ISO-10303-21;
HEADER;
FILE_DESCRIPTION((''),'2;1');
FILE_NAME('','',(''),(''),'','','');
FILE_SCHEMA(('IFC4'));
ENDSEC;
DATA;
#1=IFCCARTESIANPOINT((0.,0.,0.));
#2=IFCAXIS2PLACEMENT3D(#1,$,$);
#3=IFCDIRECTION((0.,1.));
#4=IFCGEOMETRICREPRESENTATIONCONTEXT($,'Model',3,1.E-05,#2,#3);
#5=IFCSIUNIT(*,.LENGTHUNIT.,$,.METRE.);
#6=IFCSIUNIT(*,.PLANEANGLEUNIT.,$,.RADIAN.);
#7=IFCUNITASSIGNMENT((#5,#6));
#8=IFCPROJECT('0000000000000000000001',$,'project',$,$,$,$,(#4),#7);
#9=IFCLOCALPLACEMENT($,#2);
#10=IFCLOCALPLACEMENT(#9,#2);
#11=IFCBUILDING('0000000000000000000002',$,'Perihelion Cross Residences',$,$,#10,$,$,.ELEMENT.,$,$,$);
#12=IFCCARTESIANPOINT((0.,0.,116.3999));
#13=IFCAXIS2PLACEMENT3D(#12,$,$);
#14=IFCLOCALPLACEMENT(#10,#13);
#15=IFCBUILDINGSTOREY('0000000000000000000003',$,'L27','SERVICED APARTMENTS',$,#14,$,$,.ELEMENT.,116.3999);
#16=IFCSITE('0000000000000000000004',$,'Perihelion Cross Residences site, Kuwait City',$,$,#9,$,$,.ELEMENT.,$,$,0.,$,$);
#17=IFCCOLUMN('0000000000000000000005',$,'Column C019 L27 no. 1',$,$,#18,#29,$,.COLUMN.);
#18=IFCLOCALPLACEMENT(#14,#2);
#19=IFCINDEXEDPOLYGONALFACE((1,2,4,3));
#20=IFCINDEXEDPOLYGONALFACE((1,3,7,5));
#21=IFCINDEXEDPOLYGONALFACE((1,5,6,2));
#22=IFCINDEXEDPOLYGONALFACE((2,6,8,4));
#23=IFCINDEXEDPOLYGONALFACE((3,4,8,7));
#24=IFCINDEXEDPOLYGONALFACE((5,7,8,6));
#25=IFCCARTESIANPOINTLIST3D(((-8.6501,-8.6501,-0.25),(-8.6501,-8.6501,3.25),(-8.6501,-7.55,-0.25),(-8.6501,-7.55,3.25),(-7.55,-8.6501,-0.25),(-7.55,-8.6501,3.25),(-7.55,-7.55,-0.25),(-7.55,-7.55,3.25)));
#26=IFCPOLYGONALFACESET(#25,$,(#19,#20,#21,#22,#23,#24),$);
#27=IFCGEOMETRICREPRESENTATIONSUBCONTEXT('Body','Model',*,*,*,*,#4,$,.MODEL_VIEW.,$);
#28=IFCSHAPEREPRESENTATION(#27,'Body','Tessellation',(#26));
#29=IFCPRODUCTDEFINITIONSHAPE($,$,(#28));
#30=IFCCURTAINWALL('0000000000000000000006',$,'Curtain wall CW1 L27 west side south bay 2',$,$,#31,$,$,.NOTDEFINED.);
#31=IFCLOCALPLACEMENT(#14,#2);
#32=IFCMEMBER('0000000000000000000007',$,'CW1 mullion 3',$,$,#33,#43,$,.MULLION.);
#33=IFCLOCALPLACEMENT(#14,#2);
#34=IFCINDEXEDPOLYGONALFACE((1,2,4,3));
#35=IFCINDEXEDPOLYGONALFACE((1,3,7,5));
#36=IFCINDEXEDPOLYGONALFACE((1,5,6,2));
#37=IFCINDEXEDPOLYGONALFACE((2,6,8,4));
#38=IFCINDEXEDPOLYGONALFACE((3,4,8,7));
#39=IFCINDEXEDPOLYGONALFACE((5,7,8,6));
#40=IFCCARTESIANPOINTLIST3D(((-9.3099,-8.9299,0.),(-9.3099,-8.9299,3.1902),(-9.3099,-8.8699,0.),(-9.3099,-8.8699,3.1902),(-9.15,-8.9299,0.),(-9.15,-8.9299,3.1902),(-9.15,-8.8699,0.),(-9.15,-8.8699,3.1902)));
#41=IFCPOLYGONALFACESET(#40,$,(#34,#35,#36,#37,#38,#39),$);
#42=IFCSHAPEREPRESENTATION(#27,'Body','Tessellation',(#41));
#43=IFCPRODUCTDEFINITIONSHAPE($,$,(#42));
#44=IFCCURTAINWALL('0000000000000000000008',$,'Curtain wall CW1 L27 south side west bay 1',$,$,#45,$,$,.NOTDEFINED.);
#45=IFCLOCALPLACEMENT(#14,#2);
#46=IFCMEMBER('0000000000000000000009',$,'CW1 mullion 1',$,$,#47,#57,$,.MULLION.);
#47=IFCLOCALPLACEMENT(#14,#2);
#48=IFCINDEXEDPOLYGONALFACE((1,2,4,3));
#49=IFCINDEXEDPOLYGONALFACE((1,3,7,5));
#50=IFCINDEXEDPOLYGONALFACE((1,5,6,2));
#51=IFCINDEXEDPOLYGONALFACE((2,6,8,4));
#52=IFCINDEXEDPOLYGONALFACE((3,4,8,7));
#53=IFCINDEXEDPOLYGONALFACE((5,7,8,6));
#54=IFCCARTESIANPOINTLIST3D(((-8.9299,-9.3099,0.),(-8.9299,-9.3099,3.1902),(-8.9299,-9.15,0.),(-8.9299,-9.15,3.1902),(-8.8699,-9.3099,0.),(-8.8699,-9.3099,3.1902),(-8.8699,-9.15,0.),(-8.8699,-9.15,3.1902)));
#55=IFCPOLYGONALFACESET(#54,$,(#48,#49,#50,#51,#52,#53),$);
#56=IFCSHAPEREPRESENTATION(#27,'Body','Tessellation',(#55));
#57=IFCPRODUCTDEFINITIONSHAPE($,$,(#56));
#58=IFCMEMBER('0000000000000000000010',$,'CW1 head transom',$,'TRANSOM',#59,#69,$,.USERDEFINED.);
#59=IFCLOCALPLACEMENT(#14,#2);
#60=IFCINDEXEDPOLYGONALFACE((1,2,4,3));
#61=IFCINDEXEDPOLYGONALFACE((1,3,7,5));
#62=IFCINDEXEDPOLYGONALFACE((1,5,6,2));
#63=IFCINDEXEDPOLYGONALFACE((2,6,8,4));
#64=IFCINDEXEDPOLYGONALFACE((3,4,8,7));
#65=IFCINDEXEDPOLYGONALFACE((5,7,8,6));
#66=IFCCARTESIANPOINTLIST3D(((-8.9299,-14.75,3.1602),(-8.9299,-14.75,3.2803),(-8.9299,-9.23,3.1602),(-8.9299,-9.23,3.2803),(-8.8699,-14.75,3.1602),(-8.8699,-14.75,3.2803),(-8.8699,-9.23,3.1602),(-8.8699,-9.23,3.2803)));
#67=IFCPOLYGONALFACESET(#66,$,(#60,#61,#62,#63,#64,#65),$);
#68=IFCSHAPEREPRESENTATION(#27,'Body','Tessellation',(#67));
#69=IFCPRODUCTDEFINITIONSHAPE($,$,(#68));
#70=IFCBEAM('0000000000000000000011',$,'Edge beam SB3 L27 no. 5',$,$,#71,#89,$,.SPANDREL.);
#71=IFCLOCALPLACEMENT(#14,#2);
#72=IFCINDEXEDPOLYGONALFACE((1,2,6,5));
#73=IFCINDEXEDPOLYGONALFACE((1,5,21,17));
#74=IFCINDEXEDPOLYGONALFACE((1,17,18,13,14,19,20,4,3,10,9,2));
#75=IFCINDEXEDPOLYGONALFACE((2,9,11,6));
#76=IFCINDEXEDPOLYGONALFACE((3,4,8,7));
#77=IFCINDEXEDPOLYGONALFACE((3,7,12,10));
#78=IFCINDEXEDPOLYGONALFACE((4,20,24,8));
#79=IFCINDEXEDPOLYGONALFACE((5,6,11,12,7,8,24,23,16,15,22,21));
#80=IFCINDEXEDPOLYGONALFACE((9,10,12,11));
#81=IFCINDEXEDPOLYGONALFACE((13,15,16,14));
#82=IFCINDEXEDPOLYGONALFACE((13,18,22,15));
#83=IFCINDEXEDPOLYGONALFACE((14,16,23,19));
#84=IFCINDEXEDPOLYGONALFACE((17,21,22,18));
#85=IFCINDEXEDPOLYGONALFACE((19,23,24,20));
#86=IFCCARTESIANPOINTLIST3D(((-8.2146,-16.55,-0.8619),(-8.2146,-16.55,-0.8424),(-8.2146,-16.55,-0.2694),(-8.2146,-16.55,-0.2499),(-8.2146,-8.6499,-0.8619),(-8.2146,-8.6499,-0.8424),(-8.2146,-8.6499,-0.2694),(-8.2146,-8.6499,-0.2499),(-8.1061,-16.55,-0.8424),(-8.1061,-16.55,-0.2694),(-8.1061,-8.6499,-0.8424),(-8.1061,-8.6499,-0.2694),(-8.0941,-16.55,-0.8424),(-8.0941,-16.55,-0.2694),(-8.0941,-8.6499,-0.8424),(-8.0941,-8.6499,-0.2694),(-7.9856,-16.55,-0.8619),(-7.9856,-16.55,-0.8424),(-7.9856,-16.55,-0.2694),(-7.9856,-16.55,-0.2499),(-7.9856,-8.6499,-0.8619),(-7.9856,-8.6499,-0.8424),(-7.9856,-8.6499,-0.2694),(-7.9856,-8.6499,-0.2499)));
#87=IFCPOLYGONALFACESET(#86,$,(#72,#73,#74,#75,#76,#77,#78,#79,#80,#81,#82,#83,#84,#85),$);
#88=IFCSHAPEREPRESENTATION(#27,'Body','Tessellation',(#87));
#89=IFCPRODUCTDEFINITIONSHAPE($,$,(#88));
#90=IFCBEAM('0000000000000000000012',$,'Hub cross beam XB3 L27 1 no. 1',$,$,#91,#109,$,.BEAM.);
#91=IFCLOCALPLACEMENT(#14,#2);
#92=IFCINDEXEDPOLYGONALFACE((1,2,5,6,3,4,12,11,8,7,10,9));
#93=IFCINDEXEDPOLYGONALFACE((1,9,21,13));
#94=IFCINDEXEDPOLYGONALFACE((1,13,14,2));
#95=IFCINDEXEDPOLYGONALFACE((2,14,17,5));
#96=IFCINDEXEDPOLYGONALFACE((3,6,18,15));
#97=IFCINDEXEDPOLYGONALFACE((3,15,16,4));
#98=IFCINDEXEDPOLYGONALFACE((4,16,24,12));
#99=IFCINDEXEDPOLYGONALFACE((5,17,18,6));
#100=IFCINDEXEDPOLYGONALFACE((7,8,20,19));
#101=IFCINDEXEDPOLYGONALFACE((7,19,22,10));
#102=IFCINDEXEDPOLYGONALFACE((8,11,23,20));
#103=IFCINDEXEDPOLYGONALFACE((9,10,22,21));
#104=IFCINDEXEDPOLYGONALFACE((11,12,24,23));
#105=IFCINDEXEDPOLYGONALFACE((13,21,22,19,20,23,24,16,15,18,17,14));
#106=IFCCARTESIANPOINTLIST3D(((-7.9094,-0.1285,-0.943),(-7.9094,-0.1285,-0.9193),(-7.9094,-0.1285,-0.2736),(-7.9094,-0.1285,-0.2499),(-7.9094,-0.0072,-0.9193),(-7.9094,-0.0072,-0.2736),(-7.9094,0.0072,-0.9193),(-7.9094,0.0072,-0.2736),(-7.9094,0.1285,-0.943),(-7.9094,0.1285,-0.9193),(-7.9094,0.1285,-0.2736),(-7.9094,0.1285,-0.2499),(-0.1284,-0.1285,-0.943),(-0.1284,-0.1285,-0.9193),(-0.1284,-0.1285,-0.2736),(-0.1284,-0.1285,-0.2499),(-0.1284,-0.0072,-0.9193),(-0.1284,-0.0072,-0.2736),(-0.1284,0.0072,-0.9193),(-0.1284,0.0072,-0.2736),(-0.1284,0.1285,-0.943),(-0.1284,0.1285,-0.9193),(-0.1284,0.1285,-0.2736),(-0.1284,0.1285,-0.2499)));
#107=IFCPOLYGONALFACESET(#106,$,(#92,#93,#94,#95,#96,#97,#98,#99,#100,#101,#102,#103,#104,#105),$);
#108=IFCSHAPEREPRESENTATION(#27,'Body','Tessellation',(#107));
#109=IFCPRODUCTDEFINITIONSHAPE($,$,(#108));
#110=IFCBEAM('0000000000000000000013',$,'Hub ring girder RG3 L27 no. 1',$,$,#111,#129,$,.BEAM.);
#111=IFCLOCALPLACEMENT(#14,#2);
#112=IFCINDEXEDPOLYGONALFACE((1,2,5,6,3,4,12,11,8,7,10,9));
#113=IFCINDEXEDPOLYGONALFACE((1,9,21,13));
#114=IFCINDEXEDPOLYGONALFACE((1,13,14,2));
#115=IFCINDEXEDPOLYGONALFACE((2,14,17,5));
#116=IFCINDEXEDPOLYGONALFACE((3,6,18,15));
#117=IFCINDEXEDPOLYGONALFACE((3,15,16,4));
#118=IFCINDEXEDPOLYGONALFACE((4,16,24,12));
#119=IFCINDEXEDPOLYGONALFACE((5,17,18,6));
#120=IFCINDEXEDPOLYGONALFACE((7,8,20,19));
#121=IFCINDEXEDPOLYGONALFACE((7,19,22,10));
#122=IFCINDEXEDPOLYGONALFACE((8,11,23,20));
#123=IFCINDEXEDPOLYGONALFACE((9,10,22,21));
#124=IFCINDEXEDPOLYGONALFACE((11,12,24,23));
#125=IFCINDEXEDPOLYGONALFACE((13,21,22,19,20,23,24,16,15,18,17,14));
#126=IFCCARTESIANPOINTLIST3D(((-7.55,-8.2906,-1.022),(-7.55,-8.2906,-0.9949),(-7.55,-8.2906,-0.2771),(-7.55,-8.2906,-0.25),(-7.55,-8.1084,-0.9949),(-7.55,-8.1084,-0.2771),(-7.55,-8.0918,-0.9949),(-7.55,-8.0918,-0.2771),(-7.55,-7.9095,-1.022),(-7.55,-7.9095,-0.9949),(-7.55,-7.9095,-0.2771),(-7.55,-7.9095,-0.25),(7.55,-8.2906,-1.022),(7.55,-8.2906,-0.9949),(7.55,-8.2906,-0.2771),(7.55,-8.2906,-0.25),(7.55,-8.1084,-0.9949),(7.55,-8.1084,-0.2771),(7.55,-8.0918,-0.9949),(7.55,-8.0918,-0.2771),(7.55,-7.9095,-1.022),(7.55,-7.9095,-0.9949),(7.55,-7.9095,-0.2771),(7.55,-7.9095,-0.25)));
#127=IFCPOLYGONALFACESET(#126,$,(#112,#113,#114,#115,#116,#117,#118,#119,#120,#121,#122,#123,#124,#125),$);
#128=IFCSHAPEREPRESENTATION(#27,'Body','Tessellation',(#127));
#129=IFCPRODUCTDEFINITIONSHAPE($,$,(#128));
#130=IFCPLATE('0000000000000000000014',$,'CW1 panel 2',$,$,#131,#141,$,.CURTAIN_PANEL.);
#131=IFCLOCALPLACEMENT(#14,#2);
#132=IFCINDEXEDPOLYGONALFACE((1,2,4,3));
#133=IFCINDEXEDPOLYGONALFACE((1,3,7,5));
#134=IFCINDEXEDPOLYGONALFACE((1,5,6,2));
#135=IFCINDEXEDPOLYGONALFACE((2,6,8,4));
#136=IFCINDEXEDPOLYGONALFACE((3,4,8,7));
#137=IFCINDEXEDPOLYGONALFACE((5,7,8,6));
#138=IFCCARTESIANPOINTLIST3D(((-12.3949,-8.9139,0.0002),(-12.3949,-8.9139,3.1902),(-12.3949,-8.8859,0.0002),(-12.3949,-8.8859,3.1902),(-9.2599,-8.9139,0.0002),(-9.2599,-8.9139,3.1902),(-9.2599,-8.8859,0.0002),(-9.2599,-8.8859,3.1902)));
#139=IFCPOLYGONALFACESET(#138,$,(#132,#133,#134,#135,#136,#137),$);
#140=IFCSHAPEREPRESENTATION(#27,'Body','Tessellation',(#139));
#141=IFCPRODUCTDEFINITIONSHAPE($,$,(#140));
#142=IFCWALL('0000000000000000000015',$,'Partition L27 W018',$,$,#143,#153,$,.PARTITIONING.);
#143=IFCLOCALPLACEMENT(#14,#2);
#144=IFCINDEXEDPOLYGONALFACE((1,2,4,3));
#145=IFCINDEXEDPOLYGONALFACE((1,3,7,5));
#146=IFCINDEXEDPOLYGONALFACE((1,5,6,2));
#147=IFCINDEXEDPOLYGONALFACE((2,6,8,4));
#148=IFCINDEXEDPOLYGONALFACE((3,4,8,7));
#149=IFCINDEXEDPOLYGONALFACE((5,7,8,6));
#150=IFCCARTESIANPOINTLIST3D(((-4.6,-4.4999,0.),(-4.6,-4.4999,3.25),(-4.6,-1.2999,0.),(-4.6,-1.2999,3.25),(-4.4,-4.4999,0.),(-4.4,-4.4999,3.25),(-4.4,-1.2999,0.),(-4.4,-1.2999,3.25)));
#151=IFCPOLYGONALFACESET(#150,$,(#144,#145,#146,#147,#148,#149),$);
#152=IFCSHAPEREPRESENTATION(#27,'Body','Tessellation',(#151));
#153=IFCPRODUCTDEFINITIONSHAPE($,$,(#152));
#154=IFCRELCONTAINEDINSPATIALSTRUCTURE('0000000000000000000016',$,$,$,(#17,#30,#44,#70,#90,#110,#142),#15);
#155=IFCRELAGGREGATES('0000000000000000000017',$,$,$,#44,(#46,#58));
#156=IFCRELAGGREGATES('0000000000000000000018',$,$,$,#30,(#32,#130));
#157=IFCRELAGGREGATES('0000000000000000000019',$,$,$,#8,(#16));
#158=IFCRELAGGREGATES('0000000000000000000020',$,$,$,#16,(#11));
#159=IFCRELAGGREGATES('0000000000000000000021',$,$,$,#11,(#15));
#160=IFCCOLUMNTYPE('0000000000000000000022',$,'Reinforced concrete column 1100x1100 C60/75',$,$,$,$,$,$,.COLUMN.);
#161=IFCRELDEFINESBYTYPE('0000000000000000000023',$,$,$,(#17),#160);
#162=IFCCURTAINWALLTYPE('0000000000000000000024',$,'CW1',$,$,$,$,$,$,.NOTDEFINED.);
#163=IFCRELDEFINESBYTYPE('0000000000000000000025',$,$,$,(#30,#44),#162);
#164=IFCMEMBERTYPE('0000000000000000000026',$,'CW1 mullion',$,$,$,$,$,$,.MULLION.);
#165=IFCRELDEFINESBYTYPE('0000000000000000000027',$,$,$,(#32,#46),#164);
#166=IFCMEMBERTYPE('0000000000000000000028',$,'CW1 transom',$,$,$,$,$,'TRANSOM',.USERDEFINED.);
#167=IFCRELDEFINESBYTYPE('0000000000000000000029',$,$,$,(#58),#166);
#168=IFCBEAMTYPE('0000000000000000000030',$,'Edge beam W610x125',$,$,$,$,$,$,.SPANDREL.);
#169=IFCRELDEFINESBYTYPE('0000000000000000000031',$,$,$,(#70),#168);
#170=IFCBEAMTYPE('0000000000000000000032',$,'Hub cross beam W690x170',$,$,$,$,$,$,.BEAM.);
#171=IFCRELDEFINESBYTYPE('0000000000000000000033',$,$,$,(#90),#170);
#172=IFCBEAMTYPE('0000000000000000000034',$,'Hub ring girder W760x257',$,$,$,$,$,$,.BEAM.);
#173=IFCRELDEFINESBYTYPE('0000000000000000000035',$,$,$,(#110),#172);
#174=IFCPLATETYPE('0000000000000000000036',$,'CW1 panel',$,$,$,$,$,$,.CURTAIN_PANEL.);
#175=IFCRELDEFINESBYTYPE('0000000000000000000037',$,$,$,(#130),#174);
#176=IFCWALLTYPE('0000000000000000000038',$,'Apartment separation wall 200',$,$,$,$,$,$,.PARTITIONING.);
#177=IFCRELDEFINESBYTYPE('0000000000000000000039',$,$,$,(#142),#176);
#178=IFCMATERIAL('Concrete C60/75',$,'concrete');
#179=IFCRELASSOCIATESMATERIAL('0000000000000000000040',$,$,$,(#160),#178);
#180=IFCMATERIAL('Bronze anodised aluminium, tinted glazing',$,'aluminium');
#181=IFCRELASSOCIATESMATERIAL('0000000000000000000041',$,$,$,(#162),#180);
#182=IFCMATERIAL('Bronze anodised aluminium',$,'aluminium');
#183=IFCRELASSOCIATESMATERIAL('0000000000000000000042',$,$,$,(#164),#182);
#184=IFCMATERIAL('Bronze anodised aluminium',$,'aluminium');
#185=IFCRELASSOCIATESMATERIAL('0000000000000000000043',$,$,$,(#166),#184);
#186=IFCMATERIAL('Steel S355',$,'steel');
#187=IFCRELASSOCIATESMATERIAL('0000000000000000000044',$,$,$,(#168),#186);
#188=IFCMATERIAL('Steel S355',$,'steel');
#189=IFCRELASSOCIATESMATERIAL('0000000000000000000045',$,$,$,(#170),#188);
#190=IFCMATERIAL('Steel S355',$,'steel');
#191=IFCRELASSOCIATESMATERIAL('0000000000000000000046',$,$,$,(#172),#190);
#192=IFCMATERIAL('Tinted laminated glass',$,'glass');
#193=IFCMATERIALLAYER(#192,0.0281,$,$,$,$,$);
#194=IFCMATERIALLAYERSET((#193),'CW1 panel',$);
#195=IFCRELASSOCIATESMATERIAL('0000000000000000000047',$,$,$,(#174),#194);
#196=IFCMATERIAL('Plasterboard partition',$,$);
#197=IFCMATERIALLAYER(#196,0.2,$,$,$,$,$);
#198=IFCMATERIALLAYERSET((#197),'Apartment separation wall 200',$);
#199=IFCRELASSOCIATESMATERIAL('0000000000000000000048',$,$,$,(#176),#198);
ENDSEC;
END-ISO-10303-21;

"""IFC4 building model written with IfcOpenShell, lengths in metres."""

from ifc_helpers import new_model, si_unit, direction, frame, frame_2d, origin, origin_2d, place, context, subcontext, project, spatial, rectangle, i_section, extrude, material, layer, layer_set, material_profile, profile_set, type_object, element, aggregate, save


model = new_model("IFC4")

# Units and contexts
model_context = context("Model", 3, precision=1e-05, world=origin(), true_north=direction((0.0, 1.0)))
body_context = subcontext(model_context, "Body", "Model", "MODEL_VIEW")
ifc_project = project(units=[si_unit("LENGTHUNIT", "METRE"), si_unit("PLANEANGLEUNIT", "RADIAN")], contexts=[model_context])

# Site, building, storey
site_placement = place(None, origin())
site = spatial("IfcSite", under=ifc_project, at=site_placement, Name="Perihelion Cross Residences site, Kuwait City", CompositionType="ELEMENT", RefElevation=0.0)
building_placement = place(site_placement, origin())
building = spatial("IfcBuilding", under=site, at=building_placement, Name="Perihelion Cross Residences", CompositionType="ELEMENT")
storey_placement = place(building_placement, frame((0.0, 0.0, 116.3999)))
storey = spatial("IfcBuildingStorey", under=building, at=storey_placement, Name="L27", Description="SERVICED APARTMENTS", CompositionType="ELEMENT", Elevation=116.3999)

# Column
ifc_material_1 = material(Name="Concrete C60/75", Category="concrete")
ifc_material_profile_1 = material_profile(ifc_material_1, rectangle(XDim=1.1001, YDim=1.1001, at=origin_2d()), Name="RC 1100x1100")
ifc_profile_set_1 = profile_set([ifc_material_profile_1], Name="Concrete C60/75")
column_type = type_object("IfcColumnType", Name="Reinforced concrete column 1100x1100 C60/75", PredefinedType="COLUMN", material=ifc_profile_set_1)
column_placement = place(storey_placement, frame((-8.1001, -8.1001, -0.25), z_axis=(0.0, 0.0, 1.0), x_axis=(1.0, 0.0, 0.0)))
element("IfcColumn", 1, at=column_placement, inside=storey, type_object=column_type, Name="Column C019 L27 no. 1", PredefinedType="COLUMN", context=body_context, shape_type="SweptSolid", body=[
    extrude(rectangle(XDim=1.1001, YDim=1.1001, at=origin_2d()), origin(), (0.0, 0.0, 1.0), 3.5),
])

# Curtain wall, member
ifc_material_2 = material(Name="Bronze anodised aluminium, tinted glazing", Category="aluminium")
curtain_wall_type = type_object("IfcCurtainWallType", Name="CW1", PredefinedType="NOTDEFINED", material=ifc_material_2)
curtain_wall_1_placement = place(storey_placement, origin())
curtain_wall_1 = element("IfcCurtainWall", 2, at=curtain_wall_1_placement, inside=storey, type_object=curtain_wall_type, Name="Curtain wall CW1 L27 west side south bay 2", PredefinedType="NOTDEFINED")
ifc_material_3 = material(Name="Bronze anodised aluminium", Category="aluminium")
ifc_material_profile_2 = material_profile(ifc_material_3, rectangle(XDim=0.0601, YDim=0.1599, at=origin_2d()), Name="CW1 mullion")
ifc_profile_set_2 = profile_set([ifc_material_profile_2], Name="Bronze anodised aluminium")
member_type_1 = type_object("IfcMemberType", Name="CW1 mullion", PredefinedType="MULLION", material=ifc_profile_set_2)
member_1_placement = place(storey_placement, frame((-9.23, -8.8999, 0.0), z_axis=(0.0, 0.0, 1.0), x_axis=(0.0, 1.0, 0.0)))
member_1 = element("IfcMember", 3, at=member_1_placement, type_object=member_type_1, Name="CW1 mullion 3", PredefinedType="MULLION", context=body_context, shape_type="SweptSolid", body=[
    extrude(rectangle(XDim=0.0601, YDim=0.1599, at=origin_2d()), origin(), (0.0, 0.0, 1.0), 3.1902),
])

# Curtain wall, members
curtain_wall_2_placement = place(storey_placement, origin())
curtain_wall_2 = element("IfcCurtainWall", 4, at=curtain_wall_2_placement, inside=storey, type_object=curtain_wall_type, Name="Curtain wall CW1 L27 south side west bay 1", PredefinedType="NOTDEFINED")
member_2_placement = place(storey_placement, frame((-8.8999, -9.23, 0.0), z_axis=(0.0, 0.0, 1.0), x_axis=(1.0, 0.0, 0.0)))
member_2 = element("IfcMember", 5, at=member_2_placement, type_object=member_type_1, Name="CW1 mullion 1", PredefinedType="MULLION", context=body_context, shape_type="SweptSolid", body=[
    extrude(rectangle(XDim=0.0601, YDim=0.1599, at=origin_2d()), origin(), (0.0, 0.0, 1.0), 3.1902),
])
ifc_material_4 = material(Name="Bronze anodised aluminium", Category="aluminium")
ifc_material_profile_3 = material_profile(ifc_material_4, rectangle(XDim=0.0601, YDim=0.1201, at=origin_2d()), Name="CW1 transom")
ifc_profile_set_3 = profile_set([ifc_material_profile_3], Name="Bronze anodised aluminium")
member_type_2 = type_object("IfcMemberType", Name="CW1 transom", ElementType="TRANSOM", PredefinedType="USERDEFINED", material=ifc_profile_set_3)
member_3_placement = place(storey_placement, frame((-8.8999, -9.23, 3.2202), z_axis=(0.0, -1.0, 0.0), x_axis=(1.0, 0.0, 0.0)))
member_3 = element("IfcMember", 6, at=member_3_placement, type_object=member_type_2, Name="CW1 head transom", ObjectType="TRANSOM", PredefinedType="USERDEFINED", context=body_context, shape_type="SweptSolid", body=[
    extrude(rectangle(XDim=0.0601, YDim=0.1201, at=origin_2d()), origin(), (0.0, 0.0, 1.0), 5.52),
])
aggregate(curtain_wall_2, [member_2, member_3])

# Beams
ifc_material_5 = material(Name="Steel S355", Category="steel")
ifc_material_profile_4 = material_profile(ifc_material_5, i_section(OverallWidth=0.229, OverallDepth=0.6121, WebThickness=0.012, FlangeThickness=0.0195, at=origin_2d()), Name="W610x125")
ifc_profile_set_4 = profile_set([ifc_material_profile_4], Name="Steel S355")
beam_type_1 = type_object("IfcBeamType", Name="Edge beam W610x125", PredefinedType="SPANDREL", material=ifc_profile_set_4)
beam_1_placement = place(storey_placement, frame((-8.1001, -8.6499, -0.5559), z_axis=(0.0, -1.0, 0.0), x_axis=(1.0, 0.0, 0.0)))
element("IfcBeam", 7, at=beam_1_placement, inside=storey, type_object=beam_type_1, Name="Edge beam SB3 L27 no. 5", PredefinedType="SPANDREL", context=body_context, shape_type="SweptSolid", body=[
    extrude(i_section(OverallWidth=0.229, OverallDepth=0.6121, WebThickness=0.012, FlangeThickness=0.0195, at=origin_2d()), origin(), (0.0, 0.0, 1.0), 7.9001),
])
ifc_material_6 = material(Name="Steel S355", Category="steel")
ifc_material_profile_5 = material_profile(ifc_material_6, i_section(OverallWidth=0.2571, OverallDepth=0.6931, WebThickness=0.0144, FlangeThickness=0.0237, at=origin_2d()), Name="W690x170")
ifc_profile_set_5 = profile_set([ifc_material_profile_5], Name="Steel S355")
beam_type_2 = type_object("IfcBeamType", Name="Hub cross beam W690x170", PredefinedType="BEAM", material=ifc_profile_set_5)
beam_2_placement = place(storey_placement, frame((-7.9094, 0.0, -0.5964), z_axis=(1.0, 0.0, 0.0), x_axis=(0.0, 1.0, 0.0)))
element("IfcBeam", 8, at=beam_2_placement, inside=storey, type_object=beam_type_2, Name="Hub cross beam XB3 L27 1 no. 1", PredefinedType="BEAM", context=body_context, shape_type="SweptSolid", body=[
    extrude(i_section(OverallWidth=0.2571, OverallDepth=0.6931, WebThickness=0.0144, FlangeThickness=0.0237, at=origin_2d()), origin(), (0.0, 0.0, 1.0), 7.781),
])
ifc_material_7 = material(Name="Steel S355", Category="steel")
ifc_material_profile_6 = material_profile(ifc_material_7, i_section(OverallWidth=0.3811, OverallDepth=0.772, WebThickness=0.0166, FlangeThickness=0.0271, at=origin_2d()), Name="W760x257")
ifc_profile_set_6 = profile_set([ifc_material_profile_6], Name="Steel S355")
beam_type_3 = type_object("IfcBeamType", Name="Hub ring girder W760x257", PredefinedType="BEAM", material=ifc_profile_set_6)
beam_3_placement = place(storey_placement, frame((-7.55, -8.1001, -0.636), z_axis=(1.0, 0.0, 0.0), x_axis=(0.0, 1.0, 0.0)))
element("IfcBeam", 9, at=beam_3_placement, inside=storey, type_object=beam_type_3, Name="Hub ring girder RG3 L27 no. 1", PredefinedType="BEAM", context=body_context, shape_type="SweptSolid", body=[
    extrude(i_section(OverallWidth=0.3811, OverallDepth=0.772, WebThickness=0.0166, FlangeThickness=0.0271, at=origin_2d()), origin(), (0.0, 0.0, 1.0), 15.1001),
])

# Plate
ifc_material_8 = material(Name="Tinted laminated glass", Category="glass")
ifc_layer_1 = layer(ifc_material_8, 0.0281)
ifc_layer_set_1 = layer_set([ifc_layer_1], Name="CW1 panel")
plate_type = type_object("IfcPlateType", Name="CW1 panel", PredefinedType="CURTAIN_PANEL", material=ifc_layer_set_1)
plate_placement = place(storey_placement, frame((-10.8274, -8.8999, 0.0002), z_axis=(0.0, 0.0, 1.0), x_axis=(1.0, 0.0, 0.0)))
plate = element("IfcPlate", 10, at=plate_placement, type_object=plate_type, Name="CW1 panel 2", PredefinedType="CURTAIN_PANEL", context=body_context, shape_type="SweptSolid", body=[
    extrude(rectangle(XDim=3.135, YDim=0.0281, at=origin_2d()), origin(), (0.0, 0.0, 1.0), 3.1899),
])
aggregate(curtain_wall_1, [member_1, plate])

# Wall
ifc_material_9 = material(Name="Plasterboard partition")
ifc_layer_2 = layer(ifc_material_9, 0.2)
ifc_layer_set_2 = layer_set([ifc_layer_2], Name="Apartment separation wall 200")
wall_type_1 = type_object("IfcWallType", Name="Apartment separation wall 200", PredefinedType="PARTITIONING", material=ifc_layer_set_2)
wall_1_placement = place(storey_placement, frame((-4.5, -4.5, 0.0), z_axis=(0.0, 0.0, 1.0), x_axis=(0.0, 1.0, 0.0)))
element("IfcWall", 11, at=wall_1_placement, inside=storey, type_object=wall_type_1, Name="Partition L27 W018", PredefinedType="PARTITIONING", context=body_context, shape_type="SweptSolid", body=[
    extrude(rectangle(XDim=3.2, YDim=0.2, at=frame_2d((1.6001, 0.0))), origin(), (0.0, 0.0, 1.0), 3.25),
])

save(model, "model.ifc")
